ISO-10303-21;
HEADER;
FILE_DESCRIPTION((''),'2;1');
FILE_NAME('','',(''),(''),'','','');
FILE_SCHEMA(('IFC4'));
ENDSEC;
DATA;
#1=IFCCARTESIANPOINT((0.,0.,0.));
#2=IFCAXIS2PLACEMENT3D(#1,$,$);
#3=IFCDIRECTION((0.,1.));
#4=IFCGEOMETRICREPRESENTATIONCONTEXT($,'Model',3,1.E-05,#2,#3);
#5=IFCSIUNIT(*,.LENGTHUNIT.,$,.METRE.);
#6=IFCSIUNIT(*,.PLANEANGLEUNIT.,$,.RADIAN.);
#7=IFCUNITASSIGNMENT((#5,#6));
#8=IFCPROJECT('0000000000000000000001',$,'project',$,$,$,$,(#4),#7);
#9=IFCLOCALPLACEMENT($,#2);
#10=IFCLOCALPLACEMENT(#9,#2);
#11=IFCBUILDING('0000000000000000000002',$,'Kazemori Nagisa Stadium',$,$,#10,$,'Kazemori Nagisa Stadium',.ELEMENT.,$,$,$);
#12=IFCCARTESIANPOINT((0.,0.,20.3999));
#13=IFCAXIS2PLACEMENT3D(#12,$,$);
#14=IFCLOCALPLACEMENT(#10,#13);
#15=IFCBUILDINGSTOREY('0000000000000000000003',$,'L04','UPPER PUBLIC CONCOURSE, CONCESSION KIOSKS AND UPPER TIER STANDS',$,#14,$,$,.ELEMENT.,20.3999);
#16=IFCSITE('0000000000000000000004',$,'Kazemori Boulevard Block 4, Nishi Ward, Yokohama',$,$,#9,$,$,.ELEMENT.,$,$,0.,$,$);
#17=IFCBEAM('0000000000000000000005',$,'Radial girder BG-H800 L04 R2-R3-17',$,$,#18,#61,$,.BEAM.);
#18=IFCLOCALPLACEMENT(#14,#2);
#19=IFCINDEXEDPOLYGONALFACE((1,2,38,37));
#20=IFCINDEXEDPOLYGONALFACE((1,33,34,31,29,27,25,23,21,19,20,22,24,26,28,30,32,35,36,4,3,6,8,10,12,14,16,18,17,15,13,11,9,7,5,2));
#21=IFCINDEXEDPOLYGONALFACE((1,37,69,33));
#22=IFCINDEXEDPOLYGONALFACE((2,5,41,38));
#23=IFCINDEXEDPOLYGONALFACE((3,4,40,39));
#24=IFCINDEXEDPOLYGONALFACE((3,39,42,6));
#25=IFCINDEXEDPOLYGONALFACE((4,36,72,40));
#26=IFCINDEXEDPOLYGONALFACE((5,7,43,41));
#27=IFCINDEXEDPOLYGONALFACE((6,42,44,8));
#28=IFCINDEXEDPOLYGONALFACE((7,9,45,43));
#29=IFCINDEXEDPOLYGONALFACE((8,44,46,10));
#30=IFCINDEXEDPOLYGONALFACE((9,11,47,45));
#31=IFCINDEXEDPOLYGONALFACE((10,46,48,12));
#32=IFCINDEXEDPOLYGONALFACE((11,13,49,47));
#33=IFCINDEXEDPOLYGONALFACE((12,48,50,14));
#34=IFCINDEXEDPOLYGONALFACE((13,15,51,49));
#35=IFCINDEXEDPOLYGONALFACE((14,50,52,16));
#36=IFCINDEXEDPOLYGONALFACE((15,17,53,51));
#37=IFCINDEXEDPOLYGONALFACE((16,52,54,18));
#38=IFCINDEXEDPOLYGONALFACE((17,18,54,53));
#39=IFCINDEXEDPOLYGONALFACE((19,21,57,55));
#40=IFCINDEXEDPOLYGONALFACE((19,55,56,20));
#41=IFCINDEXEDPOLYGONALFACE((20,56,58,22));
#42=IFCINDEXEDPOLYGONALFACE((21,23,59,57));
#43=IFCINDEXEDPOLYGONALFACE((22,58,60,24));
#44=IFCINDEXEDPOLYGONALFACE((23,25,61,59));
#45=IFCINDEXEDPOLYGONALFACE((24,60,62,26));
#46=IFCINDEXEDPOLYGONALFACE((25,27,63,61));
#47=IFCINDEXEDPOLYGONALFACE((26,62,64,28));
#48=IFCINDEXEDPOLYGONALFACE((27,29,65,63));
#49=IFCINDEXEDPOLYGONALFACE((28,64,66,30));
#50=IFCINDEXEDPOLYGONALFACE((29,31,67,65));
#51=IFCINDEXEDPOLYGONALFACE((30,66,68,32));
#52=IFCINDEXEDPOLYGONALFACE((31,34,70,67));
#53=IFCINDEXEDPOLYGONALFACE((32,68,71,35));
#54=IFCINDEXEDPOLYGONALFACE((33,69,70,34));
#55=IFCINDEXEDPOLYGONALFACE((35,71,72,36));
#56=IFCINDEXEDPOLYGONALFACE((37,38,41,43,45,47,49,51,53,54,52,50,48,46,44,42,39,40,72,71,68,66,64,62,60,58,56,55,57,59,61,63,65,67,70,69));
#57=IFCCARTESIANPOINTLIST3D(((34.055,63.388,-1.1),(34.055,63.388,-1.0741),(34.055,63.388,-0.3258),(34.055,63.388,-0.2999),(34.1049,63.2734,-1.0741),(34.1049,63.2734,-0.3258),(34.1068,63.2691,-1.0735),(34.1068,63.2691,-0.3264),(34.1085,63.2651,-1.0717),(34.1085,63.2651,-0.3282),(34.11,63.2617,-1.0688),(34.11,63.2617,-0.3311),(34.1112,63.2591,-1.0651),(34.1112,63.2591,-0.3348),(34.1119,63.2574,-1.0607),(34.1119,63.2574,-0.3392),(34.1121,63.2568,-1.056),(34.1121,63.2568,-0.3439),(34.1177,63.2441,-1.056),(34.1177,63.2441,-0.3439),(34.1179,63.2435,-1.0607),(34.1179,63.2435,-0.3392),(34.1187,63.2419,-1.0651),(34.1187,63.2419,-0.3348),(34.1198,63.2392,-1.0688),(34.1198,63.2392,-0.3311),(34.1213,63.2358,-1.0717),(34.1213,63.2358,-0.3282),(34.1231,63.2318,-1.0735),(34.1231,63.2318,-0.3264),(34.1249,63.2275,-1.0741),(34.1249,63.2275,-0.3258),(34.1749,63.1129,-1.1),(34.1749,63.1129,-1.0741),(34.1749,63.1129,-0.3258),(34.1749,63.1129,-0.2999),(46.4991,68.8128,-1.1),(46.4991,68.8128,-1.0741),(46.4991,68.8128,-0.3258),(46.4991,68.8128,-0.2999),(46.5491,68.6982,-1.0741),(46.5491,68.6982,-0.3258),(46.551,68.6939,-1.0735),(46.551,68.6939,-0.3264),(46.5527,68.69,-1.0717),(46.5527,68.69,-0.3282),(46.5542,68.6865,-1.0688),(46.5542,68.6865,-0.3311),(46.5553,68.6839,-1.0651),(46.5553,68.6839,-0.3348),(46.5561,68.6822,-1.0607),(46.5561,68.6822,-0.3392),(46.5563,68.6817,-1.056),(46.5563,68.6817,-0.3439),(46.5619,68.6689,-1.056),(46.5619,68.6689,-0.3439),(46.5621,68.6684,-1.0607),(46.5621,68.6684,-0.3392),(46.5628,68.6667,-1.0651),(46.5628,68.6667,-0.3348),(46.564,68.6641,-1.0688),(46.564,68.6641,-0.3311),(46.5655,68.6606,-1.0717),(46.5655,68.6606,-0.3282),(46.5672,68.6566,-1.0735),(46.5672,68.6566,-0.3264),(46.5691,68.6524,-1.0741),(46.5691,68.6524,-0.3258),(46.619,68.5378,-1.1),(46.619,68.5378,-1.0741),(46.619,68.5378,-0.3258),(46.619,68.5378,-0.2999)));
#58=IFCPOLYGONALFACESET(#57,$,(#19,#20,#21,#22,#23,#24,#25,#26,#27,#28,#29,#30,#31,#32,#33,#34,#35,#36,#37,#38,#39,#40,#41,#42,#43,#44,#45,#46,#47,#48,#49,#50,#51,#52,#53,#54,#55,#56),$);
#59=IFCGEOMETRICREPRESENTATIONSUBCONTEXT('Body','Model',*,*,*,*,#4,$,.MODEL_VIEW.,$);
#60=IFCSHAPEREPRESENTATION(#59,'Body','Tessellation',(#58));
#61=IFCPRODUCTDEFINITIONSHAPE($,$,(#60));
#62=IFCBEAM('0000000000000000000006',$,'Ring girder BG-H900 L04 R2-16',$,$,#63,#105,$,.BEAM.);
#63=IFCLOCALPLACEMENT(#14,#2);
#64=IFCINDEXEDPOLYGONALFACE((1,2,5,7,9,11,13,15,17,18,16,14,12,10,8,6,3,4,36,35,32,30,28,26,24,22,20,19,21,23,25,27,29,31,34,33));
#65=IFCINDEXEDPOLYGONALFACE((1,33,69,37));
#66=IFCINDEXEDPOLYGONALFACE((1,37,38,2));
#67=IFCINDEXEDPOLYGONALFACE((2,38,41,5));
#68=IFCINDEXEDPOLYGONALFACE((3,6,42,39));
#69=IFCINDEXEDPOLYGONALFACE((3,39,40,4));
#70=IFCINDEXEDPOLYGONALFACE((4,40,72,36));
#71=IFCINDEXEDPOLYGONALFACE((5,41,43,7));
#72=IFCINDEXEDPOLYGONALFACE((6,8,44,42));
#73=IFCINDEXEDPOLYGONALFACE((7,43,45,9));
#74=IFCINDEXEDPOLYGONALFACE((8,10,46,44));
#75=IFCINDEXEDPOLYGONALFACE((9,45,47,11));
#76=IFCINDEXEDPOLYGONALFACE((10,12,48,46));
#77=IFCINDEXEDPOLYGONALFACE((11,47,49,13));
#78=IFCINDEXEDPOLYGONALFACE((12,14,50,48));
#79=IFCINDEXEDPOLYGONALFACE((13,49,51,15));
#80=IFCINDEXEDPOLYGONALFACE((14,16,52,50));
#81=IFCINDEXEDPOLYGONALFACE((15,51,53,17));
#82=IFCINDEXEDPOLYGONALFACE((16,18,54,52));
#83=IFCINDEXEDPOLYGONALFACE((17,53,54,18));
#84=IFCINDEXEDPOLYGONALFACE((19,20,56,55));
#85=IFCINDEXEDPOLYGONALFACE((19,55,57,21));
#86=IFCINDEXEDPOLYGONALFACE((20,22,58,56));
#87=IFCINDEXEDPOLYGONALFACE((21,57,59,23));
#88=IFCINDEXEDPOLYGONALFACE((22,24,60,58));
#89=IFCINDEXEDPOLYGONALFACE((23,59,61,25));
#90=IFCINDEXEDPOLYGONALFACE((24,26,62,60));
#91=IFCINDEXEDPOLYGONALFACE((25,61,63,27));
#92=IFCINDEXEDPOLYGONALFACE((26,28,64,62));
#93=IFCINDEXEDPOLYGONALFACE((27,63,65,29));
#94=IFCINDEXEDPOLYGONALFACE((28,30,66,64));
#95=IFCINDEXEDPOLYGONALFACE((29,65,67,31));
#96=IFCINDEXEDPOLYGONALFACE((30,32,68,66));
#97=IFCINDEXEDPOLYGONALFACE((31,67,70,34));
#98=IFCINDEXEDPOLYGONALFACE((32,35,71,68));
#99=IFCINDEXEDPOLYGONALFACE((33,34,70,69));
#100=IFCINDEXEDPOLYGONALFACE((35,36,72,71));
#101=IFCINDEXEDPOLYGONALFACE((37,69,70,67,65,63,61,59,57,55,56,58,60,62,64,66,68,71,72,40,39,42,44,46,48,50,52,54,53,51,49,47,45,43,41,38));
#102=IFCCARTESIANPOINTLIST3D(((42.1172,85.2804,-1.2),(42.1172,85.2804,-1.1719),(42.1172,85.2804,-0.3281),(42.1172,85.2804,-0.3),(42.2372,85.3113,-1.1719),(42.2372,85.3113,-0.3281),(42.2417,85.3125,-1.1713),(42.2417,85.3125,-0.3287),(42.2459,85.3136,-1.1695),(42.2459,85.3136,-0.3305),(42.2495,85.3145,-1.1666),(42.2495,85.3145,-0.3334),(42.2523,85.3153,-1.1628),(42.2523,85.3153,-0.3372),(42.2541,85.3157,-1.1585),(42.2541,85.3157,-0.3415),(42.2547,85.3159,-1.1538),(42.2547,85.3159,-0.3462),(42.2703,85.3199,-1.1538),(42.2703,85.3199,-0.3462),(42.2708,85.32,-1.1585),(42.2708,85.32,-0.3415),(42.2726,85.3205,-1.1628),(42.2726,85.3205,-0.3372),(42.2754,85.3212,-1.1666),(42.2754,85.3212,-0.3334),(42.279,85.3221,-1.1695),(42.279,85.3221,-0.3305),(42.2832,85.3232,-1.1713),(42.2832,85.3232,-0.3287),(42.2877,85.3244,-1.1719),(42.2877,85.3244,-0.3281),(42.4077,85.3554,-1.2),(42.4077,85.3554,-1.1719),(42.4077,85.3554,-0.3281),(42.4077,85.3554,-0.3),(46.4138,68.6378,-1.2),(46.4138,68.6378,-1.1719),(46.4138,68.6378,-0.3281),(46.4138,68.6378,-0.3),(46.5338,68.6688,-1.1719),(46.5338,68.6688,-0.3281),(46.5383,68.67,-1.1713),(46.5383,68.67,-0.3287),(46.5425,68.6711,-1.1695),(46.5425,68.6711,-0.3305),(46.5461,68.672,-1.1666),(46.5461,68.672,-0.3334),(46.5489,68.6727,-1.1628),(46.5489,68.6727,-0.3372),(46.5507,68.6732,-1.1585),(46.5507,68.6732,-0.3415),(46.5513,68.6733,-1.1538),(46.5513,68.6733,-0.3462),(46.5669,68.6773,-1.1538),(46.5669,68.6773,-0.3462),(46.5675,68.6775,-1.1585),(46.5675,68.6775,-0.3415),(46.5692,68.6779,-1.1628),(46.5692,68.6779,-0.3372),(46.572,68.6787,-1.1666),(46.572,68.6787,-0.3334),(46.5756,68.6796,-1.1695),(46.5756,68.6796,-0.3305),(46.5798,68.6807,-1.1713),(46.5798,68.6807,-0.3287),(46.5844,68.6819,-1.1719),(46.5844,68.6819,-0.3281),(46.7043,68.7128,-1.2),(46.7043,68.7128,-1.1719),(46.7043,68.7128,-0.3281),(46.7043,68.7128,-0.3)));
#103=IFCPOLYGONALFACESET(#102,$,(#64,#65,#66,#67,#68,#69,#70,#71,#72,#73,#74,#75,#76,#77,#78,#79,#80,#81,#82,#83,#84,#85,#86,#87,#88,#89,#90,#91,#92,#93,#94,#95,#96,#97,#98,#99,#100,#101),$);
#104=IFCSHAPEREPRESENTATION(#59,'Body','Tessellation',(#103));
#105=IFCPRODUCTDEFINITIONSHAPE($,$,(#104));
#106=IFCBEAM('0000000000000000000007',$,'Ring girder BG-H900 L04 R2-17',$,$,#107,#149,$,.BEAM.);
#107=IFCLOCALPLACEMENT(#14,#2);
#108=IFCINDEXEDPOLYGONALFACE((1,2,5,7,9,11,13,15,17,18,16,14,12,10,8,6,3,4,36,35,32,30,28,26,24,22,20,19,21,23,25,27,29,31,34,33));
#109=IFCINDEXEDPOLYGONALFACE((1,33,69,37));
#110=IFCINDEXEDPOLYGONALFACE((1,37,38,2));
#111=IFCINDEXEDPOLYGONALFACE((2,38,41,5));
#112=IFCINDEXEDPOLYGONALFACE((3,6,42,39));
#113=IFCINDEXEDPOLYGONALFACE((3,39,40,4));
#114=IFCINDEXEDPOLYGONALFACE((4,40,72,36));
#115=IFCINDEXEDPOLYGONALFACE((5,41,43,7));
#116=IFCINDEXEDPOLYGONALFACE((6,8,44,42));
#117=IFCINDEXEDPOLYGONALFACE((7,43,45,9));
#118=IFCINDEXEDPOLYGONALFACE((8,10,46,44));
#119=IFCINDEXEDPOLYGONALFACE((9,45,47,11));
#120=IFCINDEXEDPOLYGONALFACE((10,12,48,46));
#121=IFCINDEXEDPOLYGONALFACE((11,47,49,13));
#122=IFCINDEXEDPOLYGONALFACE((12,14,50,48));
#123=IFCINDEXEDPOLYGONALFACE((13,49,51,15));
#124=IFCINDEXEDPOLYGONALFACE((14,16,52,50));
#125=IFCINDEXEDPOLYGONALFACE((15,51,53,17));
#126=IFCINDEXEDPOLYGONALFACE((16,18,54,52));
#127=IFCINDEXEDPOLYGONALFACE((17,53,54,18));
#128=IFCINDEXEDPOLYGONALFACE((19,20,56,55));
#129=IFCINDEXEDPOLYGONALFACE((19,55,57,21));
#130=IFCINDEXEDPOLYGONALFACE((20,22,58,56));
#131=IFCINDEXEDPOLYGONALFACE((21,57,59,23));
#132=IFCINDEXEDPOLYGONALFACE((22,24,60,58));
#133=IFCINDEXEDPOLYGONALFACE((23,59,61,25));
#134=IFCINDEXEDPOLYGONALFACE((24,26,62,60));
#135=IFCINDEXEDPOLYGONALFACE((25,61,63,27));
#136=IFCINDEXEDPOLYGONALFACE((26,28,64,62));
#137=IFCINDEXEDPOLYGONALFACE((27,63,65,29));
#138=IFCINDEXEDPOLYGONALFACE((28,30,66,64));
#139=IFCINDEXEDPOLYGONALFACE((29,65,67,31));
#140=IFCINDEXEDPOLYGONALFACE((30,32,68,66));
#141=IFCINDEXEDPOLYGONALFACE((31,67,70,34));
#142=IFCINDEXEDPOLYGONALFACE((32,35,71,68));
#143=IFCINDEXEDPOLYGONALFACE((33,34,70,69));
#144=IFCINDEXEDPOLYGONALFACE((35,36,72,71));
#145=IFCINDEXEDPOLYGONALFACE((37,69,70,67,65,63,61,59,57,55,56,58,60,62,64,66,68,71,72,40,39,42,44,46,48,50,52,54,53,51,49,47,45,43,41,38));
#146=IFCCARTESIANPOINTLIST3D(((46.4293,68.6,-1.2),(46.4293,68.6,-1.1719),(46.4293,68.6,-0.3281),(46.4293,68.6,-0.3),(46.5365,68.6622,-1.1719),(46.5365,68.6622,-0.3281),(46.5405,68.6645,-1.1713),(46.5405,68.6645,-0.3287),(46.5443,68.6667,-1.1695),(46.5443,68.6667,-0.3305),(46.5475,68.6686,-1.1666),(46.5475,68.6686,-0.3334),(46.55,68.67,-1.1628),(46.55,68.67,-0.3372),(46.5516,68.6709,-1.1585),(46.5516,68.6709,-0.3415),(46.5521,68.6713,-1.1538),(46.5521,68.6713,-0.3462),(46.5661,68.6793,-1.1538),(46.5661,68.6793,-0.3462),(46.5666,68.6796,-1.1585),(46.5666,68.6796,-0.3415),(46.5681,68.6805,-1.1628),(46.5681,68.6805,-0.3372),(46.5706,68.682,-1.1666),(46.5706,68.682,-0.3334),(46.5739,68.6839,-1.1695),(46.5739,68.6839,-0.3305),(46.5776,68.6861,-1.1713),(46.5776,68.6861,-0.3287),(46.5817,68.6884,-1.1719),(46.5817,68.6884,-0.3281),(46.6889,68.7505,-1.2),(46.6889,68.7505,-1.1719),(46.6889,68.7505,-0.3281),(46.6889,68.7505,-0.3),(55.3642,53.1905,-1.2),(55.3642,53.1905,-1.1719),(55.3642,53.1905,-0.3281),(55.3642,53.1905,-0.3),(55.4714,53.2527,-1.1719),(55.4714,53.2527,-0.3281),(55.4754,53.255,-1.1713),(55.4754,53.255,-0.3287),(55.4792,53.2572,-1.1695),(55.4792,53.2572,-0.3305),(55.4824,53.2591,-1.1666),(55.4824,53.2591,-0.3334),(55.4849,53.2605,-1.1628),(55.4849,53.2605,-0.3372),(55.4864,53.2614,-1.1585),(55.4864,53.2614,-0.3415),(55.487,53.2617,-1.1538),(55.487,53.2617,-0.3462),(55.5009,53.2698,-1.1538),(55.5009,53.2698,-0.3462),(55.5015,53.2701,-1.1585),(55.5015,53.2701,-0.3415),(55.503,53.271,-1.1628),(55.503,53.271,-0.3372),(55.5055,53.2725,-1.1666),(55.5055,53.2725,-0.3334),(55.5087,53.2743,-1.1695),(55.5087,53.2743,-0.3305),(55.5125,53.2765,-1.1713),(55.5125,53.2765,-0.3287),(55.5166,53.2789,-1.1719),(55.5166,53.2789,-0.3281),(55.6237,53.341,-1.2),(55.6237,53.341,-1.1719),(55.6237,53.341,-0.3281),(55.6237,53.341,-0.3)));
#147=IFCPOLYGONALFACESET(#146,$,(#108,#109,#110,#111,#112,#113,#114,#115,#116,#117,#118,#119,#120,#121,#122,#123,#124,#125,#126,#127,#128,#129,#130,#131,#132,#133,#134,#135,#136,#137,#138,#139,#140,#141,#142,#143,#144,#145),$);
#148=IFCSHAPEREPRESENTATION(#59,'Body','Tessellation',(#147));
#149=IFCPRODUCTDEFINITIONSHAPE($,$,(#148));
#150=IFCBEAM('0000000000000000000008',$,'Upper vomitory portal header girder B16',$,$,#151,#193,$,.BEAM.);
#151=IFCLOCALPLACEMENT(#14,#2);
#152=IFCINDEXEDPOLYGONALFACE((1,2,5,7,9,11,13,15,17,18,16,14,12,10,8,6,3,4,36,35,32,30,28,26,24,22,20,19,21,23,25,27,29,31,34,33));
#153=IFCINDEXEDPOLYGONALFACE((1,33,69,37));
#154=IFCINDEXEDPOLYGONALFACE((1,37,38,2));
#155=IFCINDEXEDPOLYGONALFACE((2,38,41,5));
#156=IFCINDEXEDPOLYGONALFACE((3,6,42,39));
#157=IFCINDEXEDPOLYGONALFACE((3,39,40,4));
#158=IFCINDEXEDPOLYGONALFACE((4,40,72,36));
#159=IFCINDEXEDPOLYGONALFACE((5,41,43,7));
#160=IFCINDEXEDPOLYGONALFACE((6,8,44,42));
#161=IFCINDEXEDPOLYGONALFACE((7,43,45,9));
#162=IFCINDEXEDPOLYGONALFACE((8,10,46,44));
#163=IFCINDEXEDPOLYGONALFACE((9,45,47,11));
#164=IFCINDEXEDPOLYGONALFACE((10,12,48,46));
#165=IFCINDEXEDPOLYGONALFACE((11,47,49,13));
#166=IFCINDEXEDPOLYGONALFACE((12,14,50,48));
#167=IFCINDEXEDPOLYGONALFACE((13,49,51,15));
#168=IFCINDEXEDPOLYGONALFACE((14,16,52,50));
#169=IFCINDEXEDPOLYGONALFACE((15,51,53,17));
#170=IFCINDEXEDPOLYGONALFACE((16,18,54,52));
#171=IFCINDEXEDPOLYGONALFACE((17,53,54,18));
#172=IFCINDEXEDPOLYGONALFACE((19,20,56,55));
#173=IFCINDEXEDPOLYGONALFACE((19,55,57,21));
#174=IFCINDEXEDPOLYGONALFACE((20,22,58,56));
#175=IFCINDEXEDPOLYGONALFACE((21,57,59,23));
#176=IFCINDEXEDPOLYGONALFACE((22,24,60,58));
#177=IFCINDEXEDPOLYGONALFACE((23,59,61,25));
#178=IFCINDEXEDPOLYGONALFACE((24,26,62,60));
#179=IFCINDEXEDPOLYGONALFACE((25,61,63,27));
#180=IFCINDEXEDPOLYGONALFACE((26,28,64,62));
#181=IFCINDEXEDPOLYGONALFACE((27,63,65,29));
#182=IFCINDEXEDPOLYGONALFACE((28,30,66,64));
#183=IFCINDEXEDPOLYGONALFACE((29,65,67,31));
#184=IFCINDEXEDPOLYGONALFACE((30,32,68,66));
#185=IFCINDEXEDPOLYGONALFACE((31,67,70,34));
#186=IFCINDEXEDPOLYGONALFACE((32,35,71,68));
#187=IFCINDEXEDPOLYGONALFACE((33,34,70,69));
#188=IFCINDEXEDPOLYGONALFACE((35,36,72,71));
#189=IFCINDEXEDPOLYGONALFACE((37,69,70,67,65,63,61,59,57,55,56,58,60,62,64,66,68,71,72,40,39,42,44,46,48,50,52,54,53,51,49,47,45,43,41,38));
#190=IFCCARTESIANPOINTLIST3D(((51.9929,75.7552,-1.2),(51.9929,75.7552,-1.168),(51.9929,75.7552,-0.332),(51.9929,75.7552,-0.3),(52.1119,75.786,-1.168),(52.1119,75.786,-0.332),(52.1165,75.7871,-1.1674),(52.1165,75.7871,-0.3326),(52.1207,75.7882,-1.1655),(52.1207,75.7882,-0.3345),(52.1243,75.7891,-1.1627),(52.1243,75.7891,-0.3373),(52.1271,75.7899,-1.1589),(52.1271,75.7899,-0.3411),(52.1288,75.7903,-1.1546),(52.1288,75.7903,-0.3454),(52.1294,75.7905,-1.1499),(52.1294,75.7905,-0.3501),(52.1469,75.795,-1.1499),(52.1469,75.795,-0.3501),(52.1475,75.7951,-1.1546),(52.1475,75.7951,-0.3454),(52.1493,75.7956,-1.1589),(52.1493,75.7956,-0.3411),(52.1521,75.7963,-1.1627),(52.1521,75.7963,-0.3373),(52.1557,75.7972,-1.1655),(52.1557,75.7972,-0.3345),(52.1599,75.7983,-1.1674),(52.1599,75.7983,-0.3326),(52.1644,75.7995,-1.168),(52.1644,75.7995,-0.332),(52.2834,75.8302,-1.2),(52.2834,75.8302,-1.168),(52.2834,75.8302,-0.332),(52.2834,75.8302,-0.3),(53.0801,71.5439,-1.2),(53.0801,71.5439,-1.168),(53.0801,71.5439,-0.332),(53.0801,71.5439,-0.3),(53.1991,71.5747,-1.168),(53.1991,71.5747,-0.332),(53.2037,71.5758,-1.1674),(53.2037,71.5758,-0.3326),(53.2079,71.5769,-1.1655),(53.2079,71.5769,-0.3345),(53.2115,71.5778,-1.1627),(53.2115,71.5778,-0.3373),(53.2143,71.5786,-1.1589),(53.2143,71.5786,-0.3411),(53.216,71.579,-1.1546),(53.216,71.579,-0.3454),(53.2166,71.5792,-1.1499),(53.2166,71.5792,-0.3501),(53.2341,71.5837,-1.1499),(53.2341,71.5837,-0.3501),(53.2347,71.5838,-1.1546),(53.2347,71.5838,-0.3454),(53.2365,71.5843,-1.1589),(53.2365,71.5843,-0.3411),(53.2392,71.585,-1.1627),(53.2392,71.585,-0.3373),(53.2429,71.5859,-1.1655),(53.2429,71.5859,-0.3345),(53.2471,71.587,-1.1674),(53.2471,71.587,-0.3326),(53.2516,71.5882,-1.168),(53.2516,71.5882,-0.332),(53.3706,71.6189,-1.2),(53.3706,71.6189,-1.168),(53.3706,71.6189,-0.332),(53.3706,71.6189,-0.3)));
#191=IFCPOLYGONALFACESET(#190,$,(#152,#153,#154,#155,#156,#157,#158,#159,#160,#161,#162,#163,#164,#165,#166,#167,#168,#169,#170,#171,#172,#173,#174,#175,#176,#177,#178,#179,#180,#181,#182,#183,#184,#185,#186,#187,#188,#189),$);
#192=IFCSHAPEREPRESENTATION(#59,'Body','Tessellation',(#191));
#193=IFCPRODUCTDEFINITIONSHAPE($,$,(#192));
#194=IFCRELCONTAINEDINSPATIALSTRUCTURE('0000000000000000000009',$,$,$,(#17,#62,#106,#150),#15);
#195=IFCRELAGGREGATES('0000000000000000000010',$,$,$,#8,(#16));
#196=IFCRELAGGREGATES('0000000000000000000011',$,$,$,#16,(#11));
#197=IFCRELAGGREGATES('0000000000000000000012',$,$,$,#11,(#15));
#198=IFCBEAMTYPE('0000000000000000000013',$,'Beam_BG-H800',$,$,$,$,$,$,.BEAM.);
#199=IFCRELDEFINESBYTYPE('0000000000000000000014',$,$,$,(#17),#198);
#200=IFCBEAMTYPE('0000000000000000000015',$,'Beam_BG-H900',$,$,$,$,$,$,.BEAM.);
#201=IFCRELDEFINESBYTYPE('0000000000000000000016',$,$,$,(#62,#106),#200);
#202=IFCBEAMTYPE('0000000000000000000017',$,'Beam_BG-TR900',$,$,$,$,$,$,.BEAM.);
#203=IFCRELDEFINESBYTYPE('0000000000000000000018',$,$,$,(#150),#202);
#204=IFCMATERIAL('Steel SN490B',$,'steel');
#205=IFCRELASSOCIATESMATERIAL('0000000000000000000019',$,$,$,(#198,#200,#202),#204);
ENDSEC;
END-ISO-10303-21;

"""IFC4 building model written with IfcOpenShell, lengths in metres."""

from ifc_helpers import new_model, si_unit, direction, frame, origin, origin_2d, place, context, subcontext, project, spatial, i_section, extrude, material, material_profile, profile_set, type_object, element, save


model = new_model("IFC4")

# Units and contexts
model_context = context("Model", 3, precision=1e-05, world=origin(), true_north=direction((0.0, 1.0)))
body_context = subcontext(model_context, "Body", "Model", "MODEL_VIEW")
ifc_project = project(units=[si_unit("LENGTHUNIT", "METRE"), si_unit("PLANEANGLEUNIT", "RADIAN")], contexts=[model_context])

# Site, building, storey
site_placement = place(None, origin())
site = spatial("IfcSite", under=ifc_project, at=site_placement, Name="Kazemori Boulevard Block 4, Nishi Ward, Yokohama", CompositionType="ELEMENT", RefElevation=0.0)
building_placement = place(site_placement, origin())
building = spatial("IfcBuilding", under=site, at=building_placement, Name="Kazemori Nagisa Stadium", LongName="Kazemori Nagisa Stadium", CompositionType="ELEMENT")
storey_placement = place(building_placement, frame((0.0, 0.0, 20.3999)))
storey = spatial("IfcBuildingStorey", under=building, at=storey_placement, Name="L04", Description="UPPER PUBLIC CONCOURSE, CONCESSION KIOSKS AND UPPER TIER STANDS", CompositionType="ELEMENT", Elevation=20.3999)

# Beams
ifc_material_1 = material(Name="Steel SN490B", Category="steel")
ifc_material_profile_1 = material_profile(ifc_material_1, i_section(OverallWidth=0.3, OverallDepth=0.8, WebThickness=0.0139, FlangeThickness=0.0259, FilletRadius=0.0181, at=origin_2d()), Name="H-800x300x14x26")
ifc_profile_set_1 = profile_set([ifc_material_profile_1], Name="Steel SN490B")
beam_type_1 = type_object("IfcBeamType", Name="Beam_BG-H800", PredefinedType="BEAM", material=ifc_profile_set_1)
beam_1_placement = place(storey_placement, frame((46.5591, 68.6753, -0.7), z_axis=(-0.916684, -0.399614, 0.0), x_axis=(0.399614, -0.916684, 0.0)))
element("IfcBeam", 1, at=beam_1_placement, inside=storey, type_object=beam_type_1, Name="Radial girder BG-H800 L04 R2-R3-17", PredefinedType="BEAM", context=body_context, shape_type="SweptSolid", body=[
    extrude(i_section(OverallWidth=0.3, OverallDepth=0.8, WebThickness=0.0139, FlangeThickness=0.0259, FilletRadius=0.0181, at=origin_2d()), origin(), (0.0, 0.0, 1.0), 13.5752),
])
ifc_material_profile_2 = material_profile(ifc_material_1, i_section(OverallWidth=0.3, OverallDepth=0.8999, WebThickness=0.0161, FlangeThickness=0.0281, FilletRadius=0.0181, at=origin_2d()), Name="H-900x300x16x28")
ifc_profile_set_2 = profile_set([ifc_material_profile_2], Name="Steel SN490B")
beam_type_2 = type_object("IfcBeamType", Name="Beam_BG-H900", PredefinedType="BEAM", material=ifc_profile_set_2)
beam_2_placement = place(storey_placement, frame((42.2625, 85.3179, -0.75), z_axis=(0.249975, -0.968252, 0.0), x_axis=(0.968252, 0.249975, 0.0)))
element("IfcBeam", 2, at=beam_2_placement, inside=storey, type_object=beam_type_2, Name="Ring girder BG-H900 L04 R2-16", PredefinedType="BEAM", context=body_context, shape_type="SweptSolid", body=[
    extrude(i_section(OverallWidth=0.3, OverallDepth=0.8999, WebThickness=0.0161, FlangeThickness=0.0281, FilletRadius=0.0181, at=origin_2d()), origin(), (0.0, 0.0, 1.0), 17.1882),
])
beam_3_placement = place(storey_placement, frame((46.5591, 68.6753, -0.75), z_axis=(0.501607, -0.865096, 0.0), x_axis=(0.865096, 0.501607, 0.0)))
element("IfcBeam", 3, at=beam_3_placement, inside=storey, type_object=beam_type_2, Name="Ring girder BG-H900 L04 R2-17", PredefinedType="BEAM", context=body_context, shape_type="SweptSolid", body=[
    extrude(i_section(OverallWidth=0.3, OverallDepth=0.8999, WebThickness=0.0161, FlangeThickness=0.0281, FilletRadius=0.0181, at=origin_2d()), origin(), (0.0, 0.0, 1.0), 17.8125),
])
ifc_material_profile_3 = material_profile(ifc_material_1, i_section(OverallWidth=0.3, OverallDepth=0.8999, WebThickness=0.0181, FlangeThickness=0.032, FilletRadius=0.0181, at=origin_2d()), Name="H-900x300x18x32")
ifc_profile_set_3 = profile_set([ifc_material_profile_3], Name="Steel SN490B")
beam_type_3 = type_object("IfcBeamType", Name="Beam_BG-TR900", PredefinedType="BEAM", material=ifc_profile_set_3)
beam_4_placement = place(storey_placement, frame((52.1382, 75.7927, -0.75), z_axis=(0.249965, -0.968255, 0.0), x_axis=(0.968255, 0.249965, 0.0)))
element("IfcBeam", 4, at=beam_4_placement, inside=storey, type_object=beam_type_3, Name="Upper vomitory portal header girder B16", PredefinedType="BEAM", context=body_context, shape_type="SweptSolid", body=[
    extrude(i_section(OverallWidth=0.3, OverallDepth=0.8999, WebThickness=0.0181, FlangeThickness=0.032, FilletRadius=0.0181, at=origin_2d()), origin(), (0.0, 0.0, 1.0), 4.3494),
])

save(model, "model.ifc")
